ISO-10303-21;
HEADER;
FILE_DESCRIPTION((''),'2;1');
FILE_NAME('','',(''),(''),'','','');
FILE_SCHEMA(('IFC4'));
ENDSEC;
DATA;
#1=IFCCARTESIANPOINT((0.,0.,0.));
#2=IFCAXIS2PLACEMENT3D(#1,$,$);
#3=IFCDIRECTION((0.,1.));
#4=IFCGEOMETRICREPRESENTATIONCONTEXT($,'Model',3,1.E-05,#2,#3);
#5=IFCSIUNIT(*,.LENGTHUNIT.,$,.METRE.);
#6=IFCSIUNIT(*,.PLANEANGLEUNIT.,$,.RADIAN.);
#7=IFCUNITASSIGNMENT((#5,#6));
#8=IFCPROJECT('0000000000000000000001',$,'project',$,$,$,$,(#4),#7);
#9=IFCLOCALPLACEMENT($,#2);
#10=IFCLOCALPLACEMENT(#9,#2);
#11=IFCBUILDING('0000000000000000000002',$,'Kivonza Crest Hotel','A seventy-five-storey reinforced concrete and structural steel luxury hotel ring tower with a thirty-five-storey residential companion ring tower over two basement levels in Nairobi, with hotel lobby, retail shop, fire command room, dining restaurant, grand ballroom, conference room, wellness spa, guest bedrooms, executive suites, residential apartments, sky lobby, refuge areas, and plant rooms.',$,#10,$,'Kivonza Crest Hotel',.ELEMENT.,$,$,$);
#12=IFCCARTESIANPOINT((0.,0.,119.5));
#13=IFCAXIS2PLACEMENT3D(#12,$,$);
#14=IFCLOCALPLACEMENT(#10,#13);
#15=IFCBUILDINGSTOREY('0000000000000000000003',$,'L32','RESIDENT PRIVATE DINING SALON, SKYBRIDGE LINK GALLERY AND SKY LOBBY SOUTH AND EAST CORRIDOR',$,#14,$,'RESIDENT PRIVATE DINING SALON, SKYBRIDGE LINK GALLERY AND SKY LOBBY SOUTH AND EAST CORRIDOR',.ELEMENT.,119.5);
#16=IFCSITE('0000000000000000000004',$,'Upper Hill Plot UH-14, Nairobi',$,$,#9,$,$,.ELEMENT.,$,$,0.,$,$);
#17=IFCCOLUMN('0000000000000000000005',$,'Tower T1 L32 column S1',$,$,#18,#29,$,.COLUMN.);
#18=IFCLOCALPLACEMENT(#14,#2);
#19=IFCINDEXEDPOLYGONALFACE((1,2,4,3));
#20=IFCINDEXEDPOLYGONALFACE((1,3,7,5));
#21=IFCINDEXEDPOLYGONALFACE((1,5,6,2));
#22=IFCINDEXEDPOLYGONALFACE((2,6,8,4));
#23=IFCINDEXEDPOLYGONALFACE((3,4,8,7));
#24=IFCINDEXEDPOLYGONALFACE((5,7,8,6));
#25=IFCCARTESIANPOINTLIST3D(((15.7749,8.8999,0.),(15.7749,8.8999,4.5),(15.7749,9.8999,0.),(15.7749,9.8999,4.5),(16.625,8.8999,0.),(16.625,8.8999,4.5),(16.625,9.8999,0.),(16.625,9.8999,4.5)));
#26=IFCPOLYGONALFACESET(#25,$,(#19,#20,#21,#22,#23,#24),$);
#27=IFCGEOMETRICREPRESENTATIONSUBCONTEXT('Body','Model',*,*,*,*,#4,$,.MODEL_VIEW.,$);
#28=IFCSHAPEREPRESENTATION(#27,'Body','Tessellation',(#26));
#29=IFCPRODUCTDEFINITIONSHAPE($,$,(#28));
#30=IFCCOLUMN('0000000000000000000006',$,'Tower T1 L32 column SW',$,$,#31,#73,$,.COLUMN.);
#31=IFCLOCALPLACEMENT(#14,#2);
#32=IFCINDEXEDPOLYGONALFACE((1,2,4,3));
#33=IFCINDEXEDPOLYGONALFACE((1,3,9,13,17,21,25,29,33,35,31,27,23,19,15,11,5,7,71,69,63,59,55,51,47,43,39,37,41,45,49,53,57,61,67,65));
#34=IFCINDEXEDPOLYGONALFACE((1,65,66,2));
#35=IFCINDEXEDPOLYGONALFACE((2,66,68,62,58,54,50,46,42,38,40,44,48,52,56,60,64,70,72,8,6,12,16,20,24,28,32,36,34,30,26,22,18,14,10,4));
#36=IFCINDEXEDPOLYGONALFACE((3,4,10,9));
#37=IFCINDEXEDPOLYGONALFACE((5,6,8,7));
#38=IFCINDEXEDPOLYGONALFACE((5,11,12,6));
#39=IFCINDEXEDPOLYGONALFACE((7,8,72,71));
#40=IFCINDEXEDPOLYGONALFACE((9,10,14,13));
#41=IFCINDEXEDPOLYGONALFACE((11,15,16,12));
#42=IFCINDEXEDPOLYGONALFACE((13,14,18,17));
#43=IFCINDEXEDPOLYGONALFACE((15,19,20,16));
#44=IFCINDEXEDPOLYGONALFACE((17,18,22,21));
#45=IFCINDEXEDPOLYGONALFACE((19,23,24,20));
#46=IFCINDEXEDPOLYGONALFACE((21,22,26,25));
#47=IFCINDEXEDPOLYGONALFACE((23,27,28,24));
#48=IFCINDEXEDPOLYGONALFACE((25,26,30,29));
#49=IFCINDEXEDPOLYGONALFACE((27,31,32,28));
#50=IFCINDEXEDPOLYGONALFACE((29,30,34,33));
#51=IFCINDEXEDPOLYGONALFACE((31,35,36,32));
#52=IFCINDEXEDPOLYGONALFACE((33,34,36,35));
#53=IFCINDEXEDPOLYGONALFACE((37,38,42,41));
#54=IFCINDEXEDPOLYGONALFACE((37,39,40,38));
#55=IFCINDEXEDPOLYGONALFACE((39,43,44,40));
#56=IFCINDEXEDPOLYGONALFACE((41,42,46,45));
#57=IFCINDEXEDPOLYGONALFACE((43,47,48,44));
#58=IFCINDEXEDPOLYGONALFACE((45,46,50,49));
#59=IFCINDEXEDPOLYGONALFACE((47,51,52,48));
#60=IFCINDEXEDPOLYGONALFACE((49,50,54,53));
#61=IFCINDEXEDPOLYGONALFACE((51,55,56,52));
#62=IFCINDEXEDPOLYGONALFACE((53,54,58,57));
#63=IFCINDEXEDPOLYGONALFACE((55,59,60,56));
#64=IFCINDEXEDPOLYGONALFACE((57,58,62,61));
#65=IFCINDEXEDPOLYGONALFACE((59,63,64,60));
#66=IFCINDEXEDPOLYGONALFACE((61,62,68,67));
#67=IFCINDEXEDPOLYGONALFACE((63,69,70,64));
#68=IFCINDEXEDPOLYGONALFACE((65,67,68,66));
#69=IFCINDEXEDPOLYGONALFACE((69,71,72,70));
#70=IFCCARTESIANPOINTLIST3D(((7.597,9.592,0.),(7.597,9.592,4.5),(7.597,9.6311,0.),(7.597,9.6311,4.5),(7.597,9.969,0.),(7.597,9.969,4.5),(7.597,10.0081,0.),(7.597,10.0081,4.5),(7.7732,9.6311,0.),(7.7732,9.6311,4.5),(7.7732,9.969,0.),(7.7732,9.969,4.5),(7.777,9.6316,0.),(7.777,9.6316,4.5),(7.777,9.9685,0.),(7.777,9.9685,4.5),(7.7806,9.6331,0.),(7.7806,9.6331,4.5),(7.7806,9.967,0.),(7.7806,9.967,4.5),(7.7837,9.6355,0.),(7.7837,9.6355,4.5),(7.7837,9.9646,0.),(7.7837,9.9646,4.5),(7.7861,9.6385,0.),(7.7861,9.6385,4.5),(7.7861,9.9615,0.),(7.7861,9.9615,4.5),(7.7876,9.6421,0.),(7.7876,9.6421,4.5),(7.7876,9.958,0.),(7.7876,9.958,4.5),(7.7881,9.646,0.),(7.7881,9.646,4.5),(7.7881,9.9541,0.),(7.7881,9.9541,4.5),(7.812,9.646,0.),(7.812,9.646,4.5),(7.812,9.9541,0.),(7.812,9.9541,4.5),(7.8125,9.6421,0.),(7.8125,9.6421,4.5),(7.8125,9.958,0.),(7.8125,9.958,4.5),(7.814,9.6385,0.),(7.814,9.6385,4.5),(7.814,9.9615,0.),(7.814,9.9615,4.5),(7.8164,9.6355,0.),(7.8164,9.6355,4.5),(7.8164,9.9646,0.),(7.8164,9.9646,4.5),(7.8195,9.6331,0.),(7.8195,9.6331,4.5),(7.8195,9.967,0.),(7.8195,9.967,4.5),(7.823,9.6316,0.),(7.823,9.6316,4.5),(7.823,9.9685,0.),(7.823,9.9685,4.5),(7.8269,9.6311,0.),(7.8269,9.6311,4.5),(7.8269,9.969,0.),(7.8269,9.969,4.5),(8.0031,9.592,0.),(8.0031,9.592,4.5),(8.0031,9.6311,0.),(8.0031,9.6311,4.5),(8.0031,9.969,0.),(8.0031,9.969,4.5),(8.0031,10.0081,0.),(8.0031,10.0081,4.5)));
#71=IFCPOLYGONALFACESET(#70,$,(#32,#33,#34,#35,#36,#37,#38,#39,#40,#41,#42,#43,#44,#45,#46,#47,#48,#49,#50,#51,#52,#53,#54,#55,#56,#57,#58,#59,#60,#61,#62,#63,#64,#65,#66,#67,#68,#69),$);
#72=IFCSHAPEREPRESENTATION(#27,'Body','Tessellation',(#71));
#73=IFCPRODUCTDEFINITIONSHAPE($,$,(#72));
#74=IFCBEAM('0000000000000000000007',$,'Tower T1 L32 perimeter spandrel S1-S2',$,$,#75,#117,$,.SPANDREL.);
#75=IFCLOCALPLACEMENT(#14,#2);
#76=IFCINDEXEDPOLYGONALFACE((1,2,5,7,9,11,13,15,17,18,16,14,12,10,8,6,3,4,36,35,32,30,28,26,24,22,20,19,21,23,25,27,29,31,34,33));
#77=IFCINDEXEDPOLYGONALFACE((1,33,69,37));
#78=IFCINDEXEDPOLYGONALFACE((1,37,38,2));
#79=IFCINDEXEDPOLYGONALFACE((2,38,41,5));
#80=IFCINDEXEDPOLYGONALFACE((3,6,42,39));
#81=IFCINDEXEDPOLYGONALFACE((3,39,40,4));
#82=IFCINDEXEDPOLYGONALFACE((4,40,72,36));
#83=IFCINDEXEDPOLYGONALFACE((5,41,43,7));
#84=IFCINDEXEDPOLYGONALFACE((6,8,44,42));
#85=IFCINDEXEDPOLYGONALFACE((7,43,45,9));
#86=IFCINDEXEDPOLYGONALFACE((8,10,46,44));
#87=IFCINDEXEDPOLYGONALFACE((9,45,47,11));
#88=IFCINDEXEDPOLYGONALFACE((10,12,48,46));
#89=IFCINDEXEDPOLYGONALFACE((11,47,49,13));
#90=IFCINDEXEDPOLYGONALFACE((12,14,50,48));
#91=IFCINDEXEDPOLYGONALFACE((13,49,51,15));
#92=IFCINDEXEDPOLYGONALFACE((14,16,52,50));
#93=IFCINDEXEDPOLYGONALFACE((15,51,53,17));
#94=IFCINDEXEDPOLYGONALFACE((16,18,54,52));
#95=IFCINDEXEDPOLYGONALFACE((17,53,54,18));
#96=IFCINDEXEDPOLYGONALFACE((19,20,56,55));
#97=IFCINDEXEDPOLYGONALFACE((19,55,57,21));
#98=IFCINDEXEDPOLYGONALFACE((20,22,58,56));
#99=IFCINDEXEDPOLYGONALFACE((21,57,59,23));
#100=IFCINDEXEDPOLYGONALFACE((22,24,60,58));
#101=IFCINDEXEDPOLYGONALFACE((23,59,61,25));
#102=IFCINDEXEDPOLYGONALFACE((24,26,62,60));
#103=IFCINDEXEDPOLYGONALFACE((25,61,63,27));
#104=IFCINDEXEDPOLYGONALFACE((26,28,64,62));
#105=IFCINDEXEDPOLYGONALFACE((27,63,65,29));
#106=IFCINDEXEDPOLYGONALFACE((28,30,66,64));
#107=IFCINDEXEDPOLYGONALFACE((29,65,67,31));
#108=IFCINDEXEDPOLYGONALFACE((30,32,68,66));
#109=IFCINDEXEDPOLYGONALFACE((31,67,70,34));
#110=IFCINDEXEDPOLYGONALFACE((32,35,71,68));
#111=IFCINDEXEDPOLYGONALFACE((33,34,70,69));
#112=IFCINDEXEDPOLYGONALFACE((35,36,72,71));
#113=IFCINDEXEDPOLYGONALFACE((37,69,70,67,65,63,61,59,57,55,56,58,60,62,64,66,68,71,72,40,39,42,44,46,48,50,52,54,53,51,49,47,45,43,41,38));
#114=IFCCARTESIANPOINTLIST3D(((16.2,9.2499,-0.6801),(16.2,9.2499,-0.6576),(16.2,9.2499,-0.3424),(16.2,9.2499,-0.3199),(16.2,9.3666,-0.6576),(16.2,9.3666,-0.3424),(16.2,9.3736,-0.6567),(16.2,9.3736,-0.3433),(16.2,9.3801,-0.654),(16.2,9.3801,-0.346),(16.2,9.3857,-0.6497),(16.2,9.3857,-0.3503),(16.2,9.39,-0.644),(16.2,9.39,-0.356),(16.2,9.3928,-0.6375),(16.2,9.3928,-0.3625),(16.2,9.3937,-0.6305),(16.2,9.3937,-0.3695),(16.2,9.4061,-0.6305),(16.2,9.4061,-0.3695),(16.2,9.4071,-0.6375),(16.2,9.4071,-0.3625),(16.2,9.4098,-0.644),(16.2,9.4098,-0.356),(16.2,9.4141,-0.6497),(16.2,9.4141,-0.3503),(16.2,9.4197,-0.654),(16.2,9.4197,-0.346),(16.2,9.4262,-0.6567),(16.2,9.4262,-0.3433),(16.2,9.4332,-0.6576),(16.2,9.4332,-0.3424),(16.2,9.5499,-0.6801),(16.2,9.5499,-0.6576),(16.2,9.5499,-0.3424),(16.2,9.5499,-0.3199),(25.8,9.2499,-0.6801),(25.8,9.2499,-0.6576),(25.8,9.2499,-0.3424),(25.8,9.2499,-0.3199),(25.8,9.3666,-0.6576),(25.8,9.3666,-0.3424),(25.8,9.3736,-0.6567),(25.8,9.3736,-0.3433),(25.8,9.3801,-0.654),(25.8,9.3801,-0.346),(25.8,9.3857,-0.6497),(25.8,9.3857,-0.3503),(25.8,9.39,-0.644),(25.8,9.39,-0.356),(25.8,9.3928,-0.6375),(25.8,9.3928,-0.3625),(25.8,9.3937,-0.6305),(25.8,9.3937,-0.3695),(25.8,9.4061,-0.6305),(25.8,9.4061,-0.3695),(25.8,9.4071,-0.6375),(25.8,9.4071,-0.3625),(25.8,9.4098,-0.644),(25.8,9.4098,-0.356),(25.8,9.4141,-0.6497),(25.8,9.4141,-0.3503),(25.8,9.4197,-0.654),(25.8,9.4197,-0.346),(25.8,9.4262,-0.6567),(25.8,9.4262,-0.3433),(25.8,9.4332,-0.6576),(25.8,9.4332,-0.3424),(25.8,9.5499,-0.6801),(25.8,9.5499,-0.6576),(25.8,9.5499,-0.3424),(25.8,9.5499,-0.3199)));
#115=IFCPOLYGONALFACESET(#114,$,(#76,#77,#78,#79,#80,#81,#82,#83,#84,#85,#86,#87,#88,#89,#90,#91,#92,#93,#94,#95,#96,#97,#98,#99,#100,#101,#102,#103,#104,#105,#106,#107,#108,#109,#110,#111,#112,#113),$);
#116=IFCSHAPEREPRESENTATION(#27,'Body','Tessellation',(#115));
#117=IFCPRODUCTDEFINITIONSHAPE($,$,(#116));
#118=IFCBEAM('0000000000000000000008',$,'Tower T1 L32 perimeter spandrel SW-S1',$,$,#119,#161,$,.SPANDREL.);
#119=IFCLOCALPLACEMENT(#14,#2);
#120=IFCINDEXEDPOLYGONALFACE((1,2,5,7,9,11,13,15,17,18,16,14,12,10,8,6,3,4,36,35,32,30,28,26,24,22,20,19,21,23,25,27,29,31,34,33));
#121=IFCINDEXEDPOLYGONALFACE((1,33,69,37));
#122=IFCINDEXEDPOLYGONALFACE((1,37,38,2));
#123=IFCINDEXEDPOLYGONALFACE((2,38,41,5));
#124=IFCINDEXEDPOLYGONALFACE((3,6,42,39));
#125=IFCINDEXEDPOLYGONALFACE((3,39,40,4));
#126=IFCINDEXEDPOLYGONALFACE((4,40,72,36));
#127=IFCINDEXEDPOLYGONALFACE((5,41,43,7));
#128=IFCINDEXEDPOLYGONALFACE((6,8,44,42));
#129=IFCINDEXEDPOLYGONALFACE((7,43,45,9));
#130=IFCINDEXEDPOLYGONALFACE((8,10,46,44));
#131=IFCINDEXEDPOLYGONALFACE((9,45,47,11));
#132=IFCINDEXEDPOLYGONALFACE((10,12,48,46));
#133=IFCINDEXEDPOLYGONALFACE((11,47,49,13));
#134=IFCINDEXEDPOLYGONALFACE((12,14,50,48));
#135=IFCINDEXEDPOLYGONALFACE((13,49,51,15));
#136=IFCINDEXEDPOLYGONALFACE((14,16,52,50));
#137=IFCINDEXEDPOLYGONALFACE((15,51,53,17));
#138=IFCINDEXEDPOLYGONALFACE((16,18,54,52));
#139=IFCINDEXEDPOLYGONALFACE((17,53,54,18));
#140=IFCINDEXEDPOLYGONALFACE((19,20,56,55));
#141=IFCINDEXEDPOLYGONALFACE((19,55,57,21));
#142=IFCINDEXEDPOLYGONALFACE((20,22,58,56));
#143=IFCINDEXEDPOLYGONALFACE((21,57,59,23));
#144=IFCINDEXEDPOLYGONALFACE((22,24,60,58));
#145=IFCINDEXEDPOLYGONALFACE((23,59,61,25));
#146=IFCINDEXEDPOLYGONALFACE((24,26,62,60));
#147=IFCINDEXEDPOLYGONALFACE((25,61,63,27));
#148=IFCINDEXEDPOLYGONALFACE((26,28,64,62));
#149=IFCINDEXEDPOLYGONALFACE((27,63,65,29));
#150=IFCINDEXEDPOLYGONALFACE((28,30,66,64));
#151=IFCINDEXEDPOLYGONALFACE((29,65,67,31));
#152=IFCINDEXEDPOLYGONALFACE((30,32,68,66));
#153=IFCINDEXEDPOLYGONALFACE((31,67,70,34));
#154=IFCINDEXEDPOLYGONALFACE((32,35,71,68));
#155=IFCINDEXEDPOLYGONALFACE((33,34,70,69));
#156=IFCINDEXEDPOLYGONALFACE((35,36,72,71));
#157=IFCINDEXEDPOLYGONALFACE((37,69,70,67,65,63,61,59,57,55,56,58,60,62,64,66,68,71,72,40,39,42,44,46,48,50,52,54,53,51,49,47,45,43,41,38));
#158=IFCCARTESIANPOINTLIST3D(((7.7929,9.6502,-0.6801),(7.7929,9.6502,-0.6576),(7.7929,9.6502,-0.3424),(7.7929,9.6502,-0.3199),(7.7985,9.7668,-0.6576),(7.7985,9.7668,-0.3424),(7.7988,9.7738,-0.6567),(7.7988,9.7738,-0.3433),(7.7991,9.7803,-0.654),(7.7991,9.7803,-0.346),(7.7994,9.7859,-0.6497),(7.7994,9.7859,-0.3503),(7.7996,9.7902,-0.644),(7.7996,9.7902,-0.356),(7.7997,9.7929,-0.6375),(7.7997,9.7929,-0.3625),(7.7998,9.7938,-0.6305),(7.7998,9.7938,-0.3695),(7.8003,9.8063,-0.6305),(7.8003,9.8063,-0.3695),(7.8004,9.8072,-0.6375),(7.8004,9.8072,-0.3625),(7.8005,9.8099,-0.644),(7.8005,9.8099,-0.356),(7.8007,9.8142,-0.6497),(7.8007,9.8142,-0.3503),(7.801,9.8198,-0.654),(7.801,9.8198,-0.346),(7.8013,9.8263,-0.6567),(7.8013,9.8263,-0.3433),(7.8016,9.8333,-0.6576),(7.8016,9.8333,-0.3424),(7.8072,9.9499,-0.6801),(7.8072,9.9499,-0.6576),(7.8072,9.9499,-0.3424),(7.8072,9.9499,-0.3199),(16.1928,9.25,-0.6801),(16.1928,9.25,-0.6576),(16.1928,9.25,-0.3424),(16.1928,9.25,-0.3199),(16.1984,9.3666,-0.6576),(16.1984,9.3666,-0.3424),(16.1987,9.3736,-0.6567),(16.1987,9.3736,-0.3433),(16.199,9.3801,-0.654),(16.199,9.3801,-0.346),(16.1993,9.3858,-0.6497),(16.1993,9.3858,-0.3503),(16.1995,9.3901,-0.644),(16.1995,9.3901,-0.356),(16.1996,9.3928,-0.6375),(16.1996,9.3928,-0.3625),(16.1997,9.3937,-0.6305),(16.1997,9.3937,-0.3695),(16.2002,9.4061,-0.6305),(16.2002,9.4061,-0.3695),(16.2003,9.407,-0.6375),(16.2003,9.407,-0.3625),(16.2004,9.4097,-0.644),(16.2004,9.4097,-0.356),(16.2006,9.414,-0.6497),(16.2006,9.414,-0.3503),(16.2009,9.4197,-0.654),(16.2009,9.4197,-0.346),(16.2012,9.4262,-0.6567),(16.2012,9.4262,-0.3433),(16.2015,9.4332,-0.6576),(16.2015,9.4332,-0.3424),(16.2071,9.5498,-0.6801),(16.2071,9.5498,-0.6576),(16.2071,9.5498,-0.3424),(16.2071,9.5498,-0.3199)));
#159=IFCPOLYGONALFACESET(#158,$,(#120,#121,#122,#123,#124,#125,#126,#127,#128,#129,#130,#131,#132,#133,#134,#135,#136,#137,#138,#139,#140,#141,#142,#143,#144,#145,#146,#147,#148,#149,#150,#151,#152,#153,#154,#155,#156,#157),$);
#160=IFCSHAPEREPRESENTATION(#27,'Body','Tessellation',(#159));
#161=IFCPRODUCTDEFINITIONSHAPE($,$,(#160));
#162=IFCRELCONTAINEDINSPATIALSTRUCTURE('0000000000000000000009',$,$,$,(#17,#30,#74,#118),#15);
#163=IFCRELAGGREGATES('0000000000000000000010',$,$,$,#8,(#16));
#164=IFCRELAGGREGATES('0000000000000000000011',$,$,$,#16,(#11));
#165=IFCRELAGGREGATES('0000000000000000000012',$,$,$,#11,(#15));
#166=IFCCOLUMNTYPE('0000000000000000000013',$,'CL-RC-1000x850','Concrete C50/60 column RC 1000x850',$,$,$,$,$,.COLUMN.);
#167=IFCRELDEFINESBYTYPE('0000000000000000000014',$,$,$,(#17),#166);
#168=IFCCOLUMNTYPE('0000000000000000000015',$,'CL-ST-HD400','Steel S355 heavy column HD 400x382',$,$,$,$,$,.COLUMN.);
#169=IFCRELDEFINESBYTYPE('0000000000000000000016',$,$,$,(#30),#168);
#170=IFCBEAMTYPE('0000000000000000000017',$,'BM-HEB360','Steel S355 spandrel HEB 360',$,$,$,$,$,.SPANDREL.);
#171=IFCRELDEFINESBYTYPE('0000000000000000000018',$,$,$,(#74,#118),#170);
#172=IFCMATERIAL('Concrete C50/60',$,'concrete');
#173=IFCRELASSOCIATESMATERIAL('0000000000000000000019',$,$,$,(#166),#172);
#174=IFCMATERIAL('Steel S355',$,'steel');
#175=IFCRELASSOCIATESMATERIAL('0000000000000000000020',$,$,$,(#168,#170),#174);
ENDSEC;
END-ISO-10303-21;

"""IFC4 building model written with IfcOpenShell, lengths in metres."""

from ifc_helpers import new_model, si_unit, direction, frame, origin, origin_2d, place, context, subcontext, project, spatial, rectangle, i_section, extrude, material, material_profile, profile_set, type_object, element, save


model = new_model("IFC4")

# Units and contexts
model_context = context("Model", 3, precision=1e-05, world=origin(), true_north=direction((0.0, 1.0)))
body_context = subcontext(model_context, "Body", "Model", "MODEL_VIEW")
ifc_project = project(units=[si_unit("LENGTHUNIT", "METRE"), si_unit("PLANEANGLEUNIT", "RADIAN")], contexts=[model_context])

# Site, building, storey
site_placement = place(None, origin())
site = spatial("IfcSite", under=ifc_project, at=site_placement, Name="Upper Hill Plot UH-14, Nairobi", CompositionType="ELEMENT", RefElevation=0.0)
building_placement = place(site_placement, origin())
building = spatial("IfcBuilding", under=site, at=building_placement, Name="Kivonza Crest Hotel", Description="A seventy-five-storey reinforced concrete and structural steel luxury hotel ring tower with a thirty-five-storey residential companion ring tower over two basement levels in Nairobi, with hotel lobby, retail shop, fire command room, dining restaurant, grand ballroom, conference room, wellness spa, guest bedrooms, executive suites, residential apartments, sky lobby, refuge areas, and plant rooms.", LongName="Kivonza Crest Hotel", CompositionType="ELEMENT")
storey_placement = place(building_placement, frame((0.0, 0.0, 119.5)))
storey = spatial("IfcBuildingStorey", under=building, at=storey_placement, Name="L32", Description="RESIDENT PRIVATE DINING SALON, SKYBRIDGE LINK GALLERY AND SKY LOBBY SOUTH AND EAST CORRIDOR", LongName="RESIDENT PRIVATE DINING SALON, SKYBRIDGE LINK GALLERY AND SKY LOBBY SOUTH AND EAST CORRIDOR", CompositionType="ELEMENT", Elevation=119.5)

# Columns
ifc_material_1 = material(Name="Concrete C50/60", Category="concrete")
ifc_material_profile_1 = material_profile(ifc_material_1, rectangle(XDim=0.8501, YDim=1.0, at=origin_2d()), Name="RC 1000x850")
ifc_profile_set_1 = profile_set([ifc_material_profile_1], Name="Concrete C50/60")
column_type_1 = type_object("IfcColumnType", Name="CL-RC-1000x850", Description="Concrete C50/60 column RC 1000x850", PredefinedType="COLUMN", material=ifc_profile_set_1)
column_1_placement = place(storey_placement, frame((16.2, 9.3999, 0.0), z_axis=(0.0, 0.0, 1.0), x_axis=(1.0, 0.0, 0.0)))
element("IfcColumn", 1, at=column_1_placement, inside=storey, type_object=column_type_1, Name="Tower T1 L32 column S1", PredefinedType="COLUMN", context=body_context, shape_type="SweptSolid", body=[
    extrude(rectangle(XDim=0.8501, YDim=1.0, at=origin_2d()), origin(), (0.0, 0.0, 1.0), 4.5),
])
ifc_material_2 = material(Name="Steel S355", Category="steel")
ifc_material_profile_2 = material_profile(ifc_material_2, i_section(OverallWidth=0.406, OverallDepth=0.416, WebThickness=0.0239, FlangeThickness=0.0391, FilletRadius=0.0149, at=origin_2d()), Name="HD 400x382")
ifc_profile_set_2 = profile_set([ifc_material_profile_2], Name="Steel S355")
column_type_2 = type_object("IfcColumnType", Name="CL-ST-HD400", Description="Steel S355 heavy column HD 400x382", PredefinedType="COLUMN", material=ifc_profile_set_2)
column_2_placement = place(storey_placement, frame((7.8, 9.8, 0.0), z_axis=(0.0, 0.0, 1.0), x_axis=(1.0, 0.0, 0.0)))
element("IfcColumn", 2, at=column_2_placement, inside=storey, type_object=column_type_2, Name="Tower T1 L32 column SW", PredefinedType="COLUMN", context=body_context, shape_type="SweptSolid", body=[
    extrude(i_section(OverallWidth=0.406, OverallDepth=0.416, WebThickness=0.0239, FlangeThickness=0.0391, FilletRadius=0.0149, at=origin_2d()), origin(), (0.0, 0.0, 1.0), 4.5),
])

# Beams
ifc_material_profile_3 = material_profile(ifc_material_2, i_section(OverallWidth=0.3, OverallDepth=0.3601, WebThickness=0.0125, FlangeThickness=0.0225, FilletRadius=0.0271, at=origin_2d()), Name="HEB 360")
ifc_profile_set_3 = profile_set([ifc_material_profile_3], Name="Steel S355")
beam_type_1 = type_object("IfcBeamType", Name="BM-HEB360", Description="Steel S355 spandrel HEB 360", PredefinedType="SPANDREL", material=ifc_profile_set_3)
beam_1_placement = place(storey_placement, frame((16.2, 9.3999, -0.5), z_axis=(1.0, 0.0, 0.0), x_axis=(0.0, 1.0, 0.0)))
element("IfcBeam", 3, at=beam_1_placement, inside=storey, type_object=beam_type_1, Name="Tower T1 L32 perimeter spandrel S1-S2", PredefinedType="SPANDREL", context=body_context, shape_type="SweptSolid", body=[
    extrude(i_section(OverallWidth=0.3, OverallDepth=0.3601, WebThickness=0.0125, FlangeThickness=0.0225, FilletRadius=0.0271, at=origin_2d()), origin(), (0.0, 0.0, 1.0), 9.6001),
])
beam_2_placement = place(storey_placement, frame((7.8, 9.8, -0.5), z_axis=(0.998867, -0.047583, 0.0), x_axis=(0.047583, 0.998867, 0.0)))
element("IfcBeam", 4, at=beam_2_placement, inside=storey, type_object=beam_type_1, Name="Tower T1 L32 perimeter spandrel SW-S1", PredefinedType="SPANDREL", context=body_context, shape_type="SweptSolid", body=[
    extrude(i_section(OverallWidth=0.3, OverallDepth=0.3601, WebThickness=0.0125, FlangeThickness=0.0225, FilletRadius=0.0271, at=origin_2d()), origin(), (0.0, 0.0, 1.0), 8.4094),
])

save(model, "model.ifc")
